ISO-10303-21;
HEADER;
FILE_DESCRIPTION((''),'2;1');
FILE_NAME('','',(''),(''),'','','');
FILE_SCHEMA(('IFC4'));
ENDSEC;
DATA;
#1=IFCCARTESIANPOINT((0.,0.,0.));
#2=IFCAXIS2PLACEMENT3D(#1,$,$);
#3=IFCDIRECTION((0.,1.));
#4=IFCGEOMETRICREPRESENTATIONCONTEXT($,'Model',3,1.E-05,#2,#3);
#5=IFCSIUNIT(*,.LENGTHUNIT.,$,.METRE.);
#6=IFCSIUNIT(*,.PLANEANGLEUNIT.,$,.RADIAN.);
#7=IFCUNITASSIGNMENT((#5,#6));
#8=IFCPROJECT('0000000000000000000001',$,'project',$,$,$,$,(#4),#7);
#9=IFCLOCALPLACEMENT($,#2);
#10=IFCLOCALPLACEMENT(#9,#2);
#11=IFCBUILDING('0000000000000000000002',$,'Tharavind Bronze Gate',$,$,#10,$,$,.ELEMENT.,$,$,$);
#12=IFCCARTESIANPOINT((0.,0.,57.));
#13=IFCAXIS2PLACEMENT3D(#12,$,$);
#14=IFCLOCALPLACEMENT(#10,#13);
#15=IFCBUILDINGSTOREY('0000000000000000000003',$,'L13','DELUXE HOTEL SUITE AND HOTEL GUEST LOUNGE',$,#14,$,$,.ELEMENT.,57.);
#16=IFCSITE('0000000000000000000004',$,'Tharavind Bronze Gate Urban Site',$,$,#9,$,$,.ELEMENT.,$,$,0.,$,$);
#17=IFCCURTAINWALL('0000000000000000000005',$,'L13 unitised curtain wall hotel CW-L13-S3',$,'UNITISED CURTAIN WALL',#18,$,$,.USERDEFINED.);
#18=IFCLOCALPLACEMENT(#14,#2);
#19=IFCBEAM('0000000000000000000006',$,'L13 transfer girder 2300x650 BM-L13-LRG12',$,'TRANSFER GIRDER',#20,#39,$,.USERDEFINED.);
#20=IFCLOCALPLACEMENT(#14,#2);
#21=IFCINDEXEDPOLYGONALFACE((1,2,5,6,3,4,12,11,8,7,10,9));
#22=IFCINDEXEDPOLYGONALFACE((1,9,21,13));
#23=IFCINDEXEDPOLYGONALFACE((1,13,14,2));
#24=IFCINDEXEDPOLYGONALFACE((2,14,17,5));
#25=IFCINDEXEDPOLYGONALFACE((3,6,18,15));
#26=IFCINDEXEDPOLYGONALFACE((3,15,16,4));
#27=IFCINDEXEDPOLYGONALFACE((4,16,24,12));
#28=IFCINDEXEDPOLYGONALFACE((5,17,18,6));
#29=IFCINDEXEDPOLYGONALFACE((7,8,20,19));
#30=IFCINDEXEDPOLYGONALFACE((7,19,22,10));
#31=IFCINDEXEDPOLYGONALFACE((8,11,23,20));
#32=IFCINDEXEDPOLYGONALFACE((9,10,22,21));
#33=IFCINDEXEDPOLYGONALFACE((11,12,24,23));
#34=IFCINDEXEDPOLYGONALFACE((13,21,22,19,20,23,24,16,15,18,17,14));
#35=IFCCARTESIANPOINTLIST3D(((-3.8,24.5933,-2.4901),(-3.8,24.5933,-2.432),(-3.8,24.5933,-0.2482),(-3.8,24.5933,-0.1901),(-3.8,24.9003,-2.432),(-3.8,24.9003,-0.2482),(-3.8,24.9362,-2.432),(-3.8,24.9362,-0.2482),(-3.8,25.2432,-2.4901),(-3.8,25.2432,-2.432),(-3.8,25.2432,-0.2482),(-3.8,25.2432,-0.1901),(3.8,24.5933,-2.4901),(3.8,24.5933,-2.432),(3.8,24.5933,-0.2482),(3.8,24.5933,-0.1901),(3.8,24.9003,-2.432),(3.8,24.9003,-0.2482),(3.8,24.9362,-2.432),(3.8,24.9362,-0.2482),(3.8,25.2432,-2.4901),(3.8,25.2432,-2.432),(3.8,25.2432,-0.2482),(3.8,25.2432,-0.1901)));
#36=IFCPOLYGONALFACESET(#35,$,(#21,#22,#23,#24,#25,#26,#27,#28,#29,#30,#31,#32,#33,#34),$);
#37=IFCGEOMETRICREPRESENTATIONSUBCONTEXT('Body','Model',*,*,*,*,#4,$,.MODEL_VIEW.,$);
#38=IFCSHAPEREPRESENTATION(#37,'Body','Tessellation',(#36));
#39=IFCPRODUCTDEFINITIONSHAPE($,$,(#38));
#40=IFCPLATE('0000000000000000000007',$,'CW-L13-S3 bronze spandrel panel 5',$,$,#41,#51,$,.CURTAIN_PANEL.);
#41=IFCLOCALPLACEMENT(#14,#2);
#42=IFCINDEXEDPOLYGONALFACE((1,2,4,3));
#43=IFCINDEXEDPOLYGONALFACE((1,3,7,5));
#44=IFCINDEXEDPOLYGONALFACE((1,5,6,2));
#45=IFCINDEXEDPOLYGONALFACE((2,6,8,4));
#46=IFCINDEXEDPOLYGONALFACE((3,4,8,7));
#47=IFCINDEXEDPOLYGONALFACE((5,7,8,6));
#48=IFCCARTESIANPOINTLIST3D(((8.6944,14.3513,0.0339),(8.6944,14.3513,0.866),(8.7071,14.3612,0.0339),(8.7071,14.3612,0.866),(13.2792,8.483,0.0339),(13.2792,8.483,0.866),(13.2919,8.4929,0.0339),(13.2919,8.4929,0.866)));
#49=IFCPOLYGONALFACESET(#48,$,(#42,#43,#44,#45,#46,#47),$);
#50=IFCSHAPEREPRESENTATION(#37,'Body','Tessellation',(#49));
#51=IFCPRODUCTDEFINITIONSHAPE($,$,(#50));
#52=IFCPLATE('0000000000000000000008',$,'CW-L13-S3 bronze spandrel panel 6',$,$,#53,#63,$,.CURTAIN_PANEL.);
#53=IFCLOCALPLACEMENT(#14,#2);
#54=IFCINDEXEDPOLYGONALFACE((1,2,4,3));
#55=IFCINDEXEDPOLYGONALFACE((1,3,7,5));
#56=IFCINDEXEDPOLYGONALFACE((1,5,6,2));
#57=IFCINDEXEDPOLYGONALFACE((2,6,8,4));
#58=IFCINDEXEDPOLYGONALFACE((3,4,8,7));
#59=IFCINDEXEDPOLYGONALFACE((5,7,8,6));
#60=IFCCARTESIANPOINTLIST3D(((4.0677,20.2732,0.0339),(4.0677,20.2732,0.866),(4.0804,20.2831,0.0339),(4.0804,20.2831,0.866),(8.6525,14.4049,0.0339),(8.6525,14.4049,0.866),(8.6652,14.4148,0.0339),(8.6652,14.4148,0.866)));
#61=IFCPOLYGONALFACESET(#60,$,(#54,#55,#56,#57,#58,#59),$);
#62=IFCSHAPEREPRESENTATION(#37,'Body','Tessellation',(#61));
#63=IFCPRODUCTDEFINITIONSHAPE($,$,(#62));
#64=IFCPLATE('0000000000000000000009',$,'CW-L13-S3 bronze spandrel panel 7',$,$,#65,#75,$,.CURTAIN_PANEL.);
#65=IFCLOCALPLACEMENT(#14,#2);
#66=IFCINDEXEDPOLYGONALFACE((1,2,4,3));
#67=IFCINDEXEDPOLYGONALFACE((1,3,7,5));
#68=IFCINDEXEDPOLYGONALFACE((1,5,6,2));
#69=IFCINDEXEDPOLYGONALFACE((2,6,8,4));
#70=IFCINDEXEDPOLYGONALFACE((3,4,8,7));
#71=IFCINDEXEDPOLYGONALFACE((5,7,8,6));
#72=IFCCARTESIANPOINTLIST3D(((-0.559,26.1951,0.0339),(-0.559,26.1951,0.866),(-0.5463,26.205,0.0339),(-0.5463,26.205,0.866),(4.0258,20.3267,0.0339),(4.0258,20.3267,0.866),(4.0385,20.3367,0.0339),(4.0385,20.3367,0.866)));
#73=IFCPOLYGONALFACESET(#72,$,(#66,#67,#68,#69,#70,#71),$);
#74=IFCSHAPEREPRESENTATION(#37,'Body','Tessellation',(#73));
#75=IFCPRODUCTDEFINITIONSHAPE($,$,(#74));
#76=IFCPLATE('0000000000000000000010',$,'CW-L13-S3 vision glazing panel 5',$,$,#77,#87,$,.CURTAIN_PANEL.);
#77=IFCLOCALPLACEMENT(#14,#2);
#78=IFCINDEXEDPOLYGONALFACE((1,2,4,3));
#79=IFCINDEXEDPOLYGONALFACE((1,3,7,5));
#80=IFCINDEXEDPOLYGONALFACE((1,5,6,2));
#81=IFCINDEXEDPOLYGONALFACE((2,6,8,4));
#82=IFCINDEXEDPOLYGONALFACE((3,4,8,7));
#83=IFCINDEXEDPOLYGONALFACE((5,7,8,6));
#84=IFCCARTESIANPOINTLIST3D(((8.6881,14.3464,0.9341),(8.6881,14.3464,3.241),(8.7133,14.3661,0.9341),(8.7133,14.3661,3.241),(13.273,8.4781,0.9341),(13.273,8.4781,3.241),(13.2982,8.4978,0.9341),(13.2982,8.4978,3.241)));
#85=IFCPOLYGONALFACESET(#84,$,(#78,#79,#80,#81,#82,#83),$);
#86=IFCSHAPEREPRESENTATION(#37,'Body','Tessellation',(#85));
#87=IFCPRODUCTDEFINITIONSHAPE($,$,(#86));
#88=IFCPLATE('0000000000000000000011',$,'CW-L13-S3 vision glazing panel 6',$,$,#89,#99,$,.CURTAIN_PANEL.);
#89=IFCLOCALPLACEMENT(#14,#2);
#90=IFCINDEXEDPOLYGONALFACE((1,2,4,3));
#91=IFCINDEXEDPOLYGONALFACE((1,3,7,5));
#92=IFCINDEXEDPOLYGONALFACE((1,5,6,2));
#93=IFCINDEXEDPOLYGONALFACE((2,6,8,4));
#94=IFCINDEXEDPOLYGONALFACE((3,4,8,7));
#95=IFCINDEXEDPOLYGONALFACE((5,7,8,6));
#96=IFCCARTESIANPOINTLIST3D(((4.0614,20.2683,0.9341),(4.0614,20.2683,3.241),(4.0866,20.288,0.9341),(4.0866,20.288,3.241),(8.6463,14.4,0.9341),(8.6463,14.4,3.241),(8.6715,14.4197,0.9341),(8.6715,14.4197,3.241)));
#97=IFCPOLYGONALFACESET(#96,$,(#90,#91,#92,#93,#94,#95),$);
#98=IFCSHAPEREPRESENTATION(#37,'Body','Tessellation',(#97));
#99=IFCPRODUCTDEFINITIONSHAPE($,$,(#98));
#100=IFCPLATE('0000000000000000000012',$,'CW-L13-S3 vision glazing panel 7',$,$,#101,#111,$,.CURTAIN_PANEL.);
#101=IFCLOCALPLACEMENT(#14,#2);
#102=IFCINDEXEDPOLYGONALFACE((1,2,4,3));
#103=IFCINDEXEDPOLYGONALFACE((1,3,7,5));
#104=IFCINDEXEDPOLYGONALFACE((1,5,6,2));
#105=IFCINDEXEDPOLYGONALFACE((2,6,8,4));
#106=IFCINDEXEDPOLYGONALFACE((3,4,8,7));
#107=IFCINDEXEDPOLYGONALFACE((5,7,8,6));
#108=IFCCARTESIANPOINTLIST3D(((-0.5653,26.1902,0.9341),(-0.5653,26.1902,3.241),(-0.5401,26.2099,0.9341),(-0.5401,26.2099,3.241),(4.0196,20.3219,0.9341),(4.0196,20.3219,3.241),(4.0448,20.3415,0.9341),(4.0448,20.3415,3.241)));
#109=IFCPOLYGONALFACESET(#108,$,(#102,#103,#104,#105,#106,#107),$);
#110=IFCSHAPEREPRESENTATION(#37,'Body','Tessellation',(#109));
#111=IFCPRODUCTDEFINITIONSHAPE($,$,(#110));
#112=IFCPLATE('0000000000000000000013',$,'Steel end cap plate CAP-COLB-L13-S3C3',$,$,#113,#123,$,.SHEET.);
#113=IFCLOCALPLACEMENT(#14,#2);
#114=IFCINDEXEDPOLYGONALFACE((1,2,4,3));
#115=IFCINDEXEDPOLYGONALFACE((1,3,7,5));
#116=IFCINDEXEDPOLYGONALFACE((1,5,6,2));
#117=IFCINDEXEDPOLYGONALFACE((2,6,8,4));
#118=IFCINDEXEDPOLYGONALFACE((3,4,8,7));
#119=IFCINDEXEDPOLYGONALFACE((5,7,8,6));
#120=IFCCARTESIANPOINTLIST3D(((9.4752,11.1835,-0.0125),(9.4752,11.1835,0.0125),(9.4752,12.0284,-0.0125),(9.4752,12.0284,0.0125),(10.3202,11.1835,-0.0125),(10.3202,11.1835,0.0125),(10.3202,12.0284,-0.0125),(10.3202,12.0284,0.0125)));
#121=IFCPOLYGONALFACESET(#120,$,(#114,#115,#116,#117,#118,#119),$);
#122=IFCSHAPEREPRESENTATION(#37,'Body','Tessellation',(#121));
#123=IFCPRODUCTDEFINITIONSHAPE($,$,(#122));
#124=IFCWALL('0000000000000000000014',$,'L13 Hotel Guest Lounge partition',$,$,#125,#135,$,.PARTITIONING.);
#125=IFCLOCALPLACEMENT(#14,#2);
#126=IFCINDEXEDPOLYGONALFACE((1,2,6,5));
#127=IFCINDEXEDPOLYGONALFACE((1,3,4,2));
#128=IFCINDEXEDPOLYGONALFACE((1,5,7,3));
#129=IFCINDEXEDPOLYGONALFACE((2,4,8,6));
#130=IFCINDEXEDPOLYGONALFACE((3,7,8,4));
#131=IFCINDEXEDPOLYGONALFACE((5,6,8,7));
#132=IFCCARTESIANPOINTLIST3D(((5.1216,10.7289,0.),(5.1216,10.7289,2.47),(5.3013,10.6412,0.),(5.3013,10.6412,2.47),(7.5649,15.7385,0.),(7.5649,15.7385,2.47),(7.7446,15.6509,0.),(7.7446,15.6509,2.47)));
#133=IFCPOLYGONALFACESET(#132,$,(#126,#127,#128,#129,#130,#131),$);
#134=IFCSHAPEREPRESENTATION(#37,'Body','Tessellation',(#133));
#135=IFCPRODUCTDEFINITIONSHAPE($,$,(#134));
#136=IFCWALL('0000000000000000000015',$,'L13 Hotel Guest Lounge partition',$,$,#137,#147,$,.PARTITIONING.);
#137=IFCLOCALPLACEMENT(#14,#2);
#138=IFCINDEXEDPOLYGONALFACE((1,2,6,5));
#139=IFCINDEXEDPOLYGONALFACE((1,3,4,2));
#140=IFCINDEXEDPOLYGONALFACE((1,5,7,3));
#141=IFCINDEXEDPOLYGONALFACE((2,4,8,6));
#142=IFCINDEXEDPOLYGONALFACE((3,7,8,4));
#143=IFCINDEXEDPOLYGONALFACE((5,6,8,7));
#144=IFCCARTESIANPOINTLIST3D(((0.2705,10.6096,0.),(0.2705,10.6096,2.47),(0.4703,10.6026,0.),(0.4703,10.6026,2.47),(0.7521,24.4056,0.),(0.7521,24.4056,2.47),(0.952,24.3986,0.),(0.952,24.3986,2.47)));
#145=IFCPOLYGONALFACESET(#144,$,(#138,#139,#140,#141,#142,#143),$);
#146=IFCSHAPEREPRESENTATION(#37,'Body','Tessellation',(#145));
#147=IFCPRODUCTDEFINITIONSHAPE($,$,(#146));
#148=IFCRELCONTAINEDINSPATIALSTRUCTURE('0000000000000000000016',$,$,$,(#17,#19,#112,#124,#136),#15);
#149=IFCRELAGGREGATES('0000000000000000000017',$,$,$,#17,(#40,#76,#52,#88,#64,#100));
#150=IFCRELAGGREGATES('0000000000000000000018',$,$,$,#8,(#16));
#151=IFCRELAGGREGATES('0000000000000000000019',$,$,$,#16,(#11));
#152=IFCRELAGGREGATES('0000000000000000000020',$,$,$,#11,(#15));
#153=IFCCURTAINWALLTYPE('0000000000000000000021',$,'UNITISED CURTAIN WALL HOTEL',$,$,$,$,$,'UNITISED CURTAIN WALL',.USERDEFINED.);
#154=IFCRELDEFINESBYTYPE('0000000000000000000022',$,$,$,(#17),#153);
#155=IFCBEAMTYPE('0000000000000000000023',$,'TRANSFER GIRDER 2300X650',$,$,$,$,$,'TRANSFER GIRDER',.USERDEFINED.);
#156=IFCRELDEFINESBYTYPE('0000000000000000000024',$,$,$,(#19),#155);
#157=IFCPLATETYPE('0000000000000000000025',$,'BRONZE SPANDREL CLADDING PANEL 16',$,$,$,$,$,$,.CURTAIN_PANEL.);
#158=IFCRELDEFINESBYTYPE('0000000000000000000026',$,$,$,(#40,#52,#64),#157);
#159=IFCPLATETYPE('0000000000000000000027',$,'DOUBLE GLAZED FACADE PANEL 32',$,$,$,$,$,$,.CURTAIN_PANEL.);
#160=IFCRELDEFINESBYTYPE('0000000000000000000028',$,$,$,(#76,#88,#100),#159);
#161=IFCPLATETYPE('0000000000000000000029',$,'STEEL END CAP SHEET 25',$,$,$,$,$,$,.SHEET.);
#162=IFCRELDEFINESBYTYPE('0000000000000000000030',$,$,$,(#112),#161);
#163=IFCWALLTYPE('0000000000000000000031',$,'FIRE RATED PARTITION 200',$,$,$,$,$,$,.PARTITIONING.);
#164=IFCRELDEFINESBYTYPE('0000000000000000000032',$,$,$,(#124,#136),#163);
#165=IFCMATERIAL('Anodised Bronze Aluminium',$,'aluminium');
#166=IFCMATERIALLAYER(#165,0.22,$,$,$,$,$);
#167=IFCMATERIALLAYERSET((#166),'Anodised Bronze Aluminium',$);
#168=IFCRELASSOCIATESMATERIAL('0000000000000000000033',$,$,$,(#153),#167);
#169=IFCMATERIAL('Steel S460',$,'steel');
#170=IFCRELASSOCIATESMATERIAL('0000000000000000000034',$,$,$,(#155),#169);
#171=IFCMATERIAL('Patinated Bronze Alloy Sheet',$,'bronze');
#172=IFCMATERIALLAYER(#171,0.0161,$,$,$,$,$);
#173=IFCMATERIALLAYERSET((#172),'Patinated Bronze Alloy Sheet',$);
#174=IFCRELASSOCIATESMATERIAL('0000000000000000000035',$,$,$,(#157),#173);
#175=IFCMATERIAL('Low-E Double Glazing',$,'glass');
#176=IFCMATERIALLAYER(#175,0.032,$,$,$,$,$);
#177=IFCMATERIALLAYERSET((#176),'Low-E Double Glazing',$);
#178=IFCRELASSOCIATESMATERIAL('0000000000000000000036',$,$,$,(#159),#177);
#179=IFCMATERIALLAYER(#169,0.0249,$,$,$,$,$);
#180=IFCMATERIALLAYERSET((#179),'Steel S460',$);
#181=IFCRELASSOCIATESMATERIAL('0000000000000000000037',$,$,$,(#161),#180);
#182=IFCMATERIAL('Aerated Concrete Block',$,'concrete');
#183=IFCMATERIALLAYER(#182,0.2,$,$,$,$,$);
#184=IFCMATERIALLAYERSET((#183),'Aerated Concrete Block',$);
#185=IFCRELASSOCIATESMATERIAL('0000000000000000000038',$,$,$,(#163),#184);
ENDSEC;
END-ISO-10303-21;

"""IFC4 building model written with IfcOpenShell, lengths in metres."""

from ifc_helpers import new_model, si_unit, direction, frame, frame_2d, origin, origin_2d, place, context, subcontext, project, spatial, rectangle, i_section, extrude, material, layer, layer_set, material_profile, profile_set, type_object, element, aggregate, save


model = new_model("IFC4")

# Units and contexts
model_context = context("Model", 3, precision=1e-05, world=origin(), true_north=direction((0.0, 1.0)))
body_context = subcontext(model_context, "Body", "Model", "MODEL_VIEW")
ifc_project = project(units=[si_unit("LENGTHUNIT", "METRE"), si_unit("PLANEANGLEUNIT", "RADIAN")], contexts=[model_context])

# Site, building, storey
site_placement = place(None, origin())
site = spatial("IfcSite", under=ifc_project, at=site_placement, Name="Tharavind Bronze Gate Urban Site", CompositionType="ELEMENT", RefElevation=0.0)
building_placement = place(site_placement, origin())
building = spatial("IfcBuilding", under=site, at=building_placement, Name="Tharavind Bronze Gate", CompositionType="ELEMENT")
storey_placement = place(building_placement, frame((0.0, 0.0, 57.0)))
storey = spatial("IfcBuildingStorey", under=building, at=storey_placement, Name="L13", Description="DELUXE HOTEL SUITE AND HOTEL GUEST LOUNGE", CompositionType="ELEMENT", Elevation=57.0)

# Shared definitions
ifc_material_1 = material(Name="Steel S460", Category="steel")

# Curtain wall
ifc_material_2 = material(Name="Anodised Bronze Aluminium", Category="aluminium")
ifc_layer_1 = layer(ifc_material_2, 0.22)
ifc_layer_set_1 = layer_set([ifc_layer_1], Name="Anodised Bronze Aluminium")
curtain_wall_type = type_object("IfcCurtainWallType", Name="UNITISED CURTAIN WALL HOTEL", ElementType="UNITISED CURTAIN WALL", PredefinedType="USERDEFINED", material=ifc_layer_set_1)
curtain_wall_placement = place(storey_placement, origin())
curtain_wall = element("IfcCurtainWall", 1, at=curtain_wall_placement, inside=storey, type_object=curtain_wall_type, Name="L13 unitised curtain wall hotel CW-L13-S3", ObjectType="UNITISED CURTAIN WALL", PredefinedType="USERDEFINED")

# Beam
ifc_material_profile_1 = material_profile(ifc_material_1, i_section(OverallWidth=0.6499, OverallDepth=2.3, WebThickness=0.0359, FlangeThickness=0.0581, at=origin_2d()), Name="PG2300X650")
ifc_profile_set_1 = profile_set([ifc_material_profile_1], Name="Steel S460")
beam_type_1 = type_object("IfcBeamType", Name="TRANSFER GIRDER 2300X650", ElementType="TRANSFER GIRDER", PredefinedType="USERDEFINED", material=ifc_profile_set_1)
beam_1_placement = place(storey_placement, frame((3.8, 24.9182, -1.3401), z_axis=(-1.0, 0.0, 0.0), x_axis=(0.0, -1.0, 0.0)))
element("IfcBeam", 2, at=beam_1_placement, inside=storey, type_object=beam_type_1, Name="L13 transfer girder 2300x650 BM-L13-LRG12", ObjectType="TRANSFER GIRDER", PredefinedType="USERDEFINED", context=body_context, shape_type="SweptSolid", body=[
    extrude(i_section(OverallWidth=0.6499, OverallDepth=2.3, WebThickness=0.0359, FlangeThickness=0.0581, at=origin_2d()), origin(), (0.0, 0.0, 1.0), 7.6001),
])

# Plates
ifc_material_3 = material(Name="Patinated Bronze Alloy Sheet", Category="bronze")
ifc_layer_2 = layer(ifc_material_3, 0.0161)
ifc_layer_set_2 = layer_set([ifc_layer_2], Name="Patinated Bronze Alloy Sheet")
plate_type_1 = type_object("IfcPlateType", Name="BRONZE SPANDREL CLADDING PANEL 16", PredefinedType="CURTAIN_PANEL", material=ifc_layer_set_2)
plate_1_placement = place(storey_placement, frame((10.9932, 11.4221, 0.0339), z_axis=(0.0, 0.0, 1.0), x_axis=(-0.615661, 0.788011, 0.0)))
plate_1 = element("IfcPlate", 3, at=plate_1_placement, type_object=plate_type_1, Name="CW-L13-S3 bronze spandrel panel 5", PredefinedType="CURTAIN_PANEL", context=body_context, shape_type="SweptSolid", body=[
    extrude(rectangle(XDim=7.447, YDim=0.0161, at=origin_2d()), origin(), (0.0, 0.0, 1.0), 0.832),
])
plate_2_placement = place(storey_placement, frame((6.3665, 17.344, 0.0339), z_axis=(0.0, 0.0, 1.0), x_axis=(-0.615661, 0.788011, 0.0)))
plate_2 = element("IfcPlate", 4, at=plate_2_placement, type_object=plate_type_1, Name="CW-L13-S3 bronze spandrel panel 6", PredefinedType="CURTAIN_PANEL", context=body_context, shape_type="SweptSolid", body=[
    extrude(rectangle(XDim=7.447, YDim=0.0161, at=origin_2d()), origin(), (0.0, 0.0, 1.0), 0.832),
])
plate_3_placement = place(storey_placement, frame((1.7397, 23.2659, 0.0339), z_axis=(0.0, 0.0, 1.0), x_axis=(-0.615661, 0.788011, 0.0)))
plate_3 = element("IfcPlate", 5, at=plate_3_placement, type_object=plate_type_1, Name="CW-L13-S3 bronze spandrel panel 7", PredefinedType="CURTAIN_PANEL", context=body_context, shape_type="SweptSolid", body=[
    extrude(rectangle(XDim=7.447, YDim=0.0161, at=origin_2d()), origin(), (0.0, 0.0, 1.0), 0.832),
])
ifc_material_4 = material(Name="Low-E Double Glazing", Category="glass")
ifc_layer_3 = layer(ifc_material_4, 0.032)
ifc_layer_set_3 = layer_set([ifc_layer_3], Name="Low-E Double Glazing")
plate_type_2 = type_object("IfcPlateType", Name="DOUBLE GLAZED FACADE PANEL 32", PredefinedType="CURTAIN_PANEL", material=ifc_layer_set_3)
plate_4_placement = place(storey_placement, frame((10.9932, 11.4221, 0.9341), z_axis=(0.0, 0.0, 1.0), x_axis=(-0.615661, 0.788011, 0.0)))
plate_4 = element("IfcPlate", 6, at=plate_4_placement, type_object=plate_type_2, Name="CW-L13-S3 vision glazing panel 5", PredefinedType="CURTAIN_PANEL", context=body_context, shape_type="SweptSolid", body=[
    extrude(rectangle(XDim=7.447, YDim=0.032, at=origin_2d()), origin(), (0.0, 0.0, 1.0), 2.3069),
])
plate_5_placement = place(storey_placement, frame((6.3665, 17.344, 0.9341), z_axis=(0.0, 0.0, 1.0), x_axis=(-0.615661, 0.788011, 0.0)))
plate_5 = element("IfcPlate", 7, at=plate_5_placement, type_object=plate_type_2, Name="CW-L13-S3 vision glazing panel 6", PredefinedType="CURTAIN_PANEL", context=body_context, shape_type="SweptSolid", body=[
    extrude(rectangle(XDim=7.447, YDim=0.032, at=origin_2d()), origin(), (0.0, 0.0, 1.0), 2.3069),
])
plate_6_placement = place(storey_placement, frame((1.7397, 23.2659, 0.9341), z_axis=(0.0, 0.0, 1.0), x_axis=(-0.615661, 0.788011, 0.0)))
plate_6 = element("IfcPlate", 8, at=plate_6_placement, type_object=plate_type_2, Name="CW-L13-S3 vision glazing panel 7", PredefinedType="CURTAIN_PANEL", context=body_context, shape_type="SweptSolid", body=[
    extrude(rectangle(XDim=7.447, YDim=0.032, at=origin_2d()), origin(), (0.0, 0.0, 1.0), 2.3069),
])
aggregate(curtain_wall, [plate_1, plate_4, plate_2, plate_5, plate_3, plate_6])
ifc_layer_4 = layer(ifc_material_1, 0.0249)
ifc_layer_set_4 = layer_set([ifc_layer_4], Name="Steel S460")
plate_type_3 = type_object("IfcPlateType", Name="STEEL END CAP SHEET 25", PredefinedType="SHEET", material=ifc_layer_set_4)
plate_7_placement = place(storey_placement, frame((9.8977, 11.606, -0.0125), z_axis=(0.0, 0.0, 1.0), x_axis=(1.0, 0.0, 0.0)))
element("IfcPlate", 9, at=plate_7_placement, inside=storey, type_object=plate_type_3, Name="Steel end cap plate CAP-COLB-L13-S3C3", PredefinedType="SHEET", context=body_context, shape_type="SweptSolid", body=[
    extrude(rectangle(XDim=0.845, YDim=0.845, at=origin_2d()), origin(), (0.0, 0.0, 1.0), 0.0249),
])

# Shared definitions
ifc_material_5 = material(Name="Aerated Concrete Block", Category="concrete")
ifc_layer_5 = layer(ifc_material_5, 0.2)
ifc_layer_set_5 = layer_set([ifc_layer_5], Name="Aerated Concrete Block")
wall_type = type_object("IfcWallType", Name="FIRE RATED PARTITION 200", PredefinedType="PARTITIONING", material=ifc_layer_set_5)

# Wall
wall_1_placement = place(storey_placement, frame((5.2114, 10.6851, 0.0), z_axis=(0.0, 0.0, 1.0), x_axis=(0.438361, 0.898799, 0.0)))
element("IfcWall", 10, at=wall_1_placement, inside=storey, type_object=wall_type, Name="L13 Hotel Guest Lounge partition", PredefinedType="PARTITIONING", context=body_context, shape_type="SweptSolid", body=[
    extrude(rectangle(XDim=5.5737, YDim=0.2, at=frame_2d((2.7869, 0.0))), origin(), (0.0, 0.0, 1.0), 2.47),
])

# Wall
wall_2_placement = place(storey_placement, frame((0.3704, 10.606, 0.0), z_axis=(0.0, 0.0, 1.0), x_axis=(0.034894, 0.999391, 0.0)))
element("IfcWall", 11, at=wall_2_placement, inside=storey, type_object=wall_type, Name="L13 Hotel Guest Lounge partition", PredefinedType="PARTITIONING", context=body_context, shape_type="SweptSolid", body=[
    extrude(rectangle(XDim=13.8044, YDim=0.2, at=frame_2d((6.9023, 0.0))), origin(), (0.0, 0.0, 1.0), 2.47),
])

save(model, "model.ifc")
